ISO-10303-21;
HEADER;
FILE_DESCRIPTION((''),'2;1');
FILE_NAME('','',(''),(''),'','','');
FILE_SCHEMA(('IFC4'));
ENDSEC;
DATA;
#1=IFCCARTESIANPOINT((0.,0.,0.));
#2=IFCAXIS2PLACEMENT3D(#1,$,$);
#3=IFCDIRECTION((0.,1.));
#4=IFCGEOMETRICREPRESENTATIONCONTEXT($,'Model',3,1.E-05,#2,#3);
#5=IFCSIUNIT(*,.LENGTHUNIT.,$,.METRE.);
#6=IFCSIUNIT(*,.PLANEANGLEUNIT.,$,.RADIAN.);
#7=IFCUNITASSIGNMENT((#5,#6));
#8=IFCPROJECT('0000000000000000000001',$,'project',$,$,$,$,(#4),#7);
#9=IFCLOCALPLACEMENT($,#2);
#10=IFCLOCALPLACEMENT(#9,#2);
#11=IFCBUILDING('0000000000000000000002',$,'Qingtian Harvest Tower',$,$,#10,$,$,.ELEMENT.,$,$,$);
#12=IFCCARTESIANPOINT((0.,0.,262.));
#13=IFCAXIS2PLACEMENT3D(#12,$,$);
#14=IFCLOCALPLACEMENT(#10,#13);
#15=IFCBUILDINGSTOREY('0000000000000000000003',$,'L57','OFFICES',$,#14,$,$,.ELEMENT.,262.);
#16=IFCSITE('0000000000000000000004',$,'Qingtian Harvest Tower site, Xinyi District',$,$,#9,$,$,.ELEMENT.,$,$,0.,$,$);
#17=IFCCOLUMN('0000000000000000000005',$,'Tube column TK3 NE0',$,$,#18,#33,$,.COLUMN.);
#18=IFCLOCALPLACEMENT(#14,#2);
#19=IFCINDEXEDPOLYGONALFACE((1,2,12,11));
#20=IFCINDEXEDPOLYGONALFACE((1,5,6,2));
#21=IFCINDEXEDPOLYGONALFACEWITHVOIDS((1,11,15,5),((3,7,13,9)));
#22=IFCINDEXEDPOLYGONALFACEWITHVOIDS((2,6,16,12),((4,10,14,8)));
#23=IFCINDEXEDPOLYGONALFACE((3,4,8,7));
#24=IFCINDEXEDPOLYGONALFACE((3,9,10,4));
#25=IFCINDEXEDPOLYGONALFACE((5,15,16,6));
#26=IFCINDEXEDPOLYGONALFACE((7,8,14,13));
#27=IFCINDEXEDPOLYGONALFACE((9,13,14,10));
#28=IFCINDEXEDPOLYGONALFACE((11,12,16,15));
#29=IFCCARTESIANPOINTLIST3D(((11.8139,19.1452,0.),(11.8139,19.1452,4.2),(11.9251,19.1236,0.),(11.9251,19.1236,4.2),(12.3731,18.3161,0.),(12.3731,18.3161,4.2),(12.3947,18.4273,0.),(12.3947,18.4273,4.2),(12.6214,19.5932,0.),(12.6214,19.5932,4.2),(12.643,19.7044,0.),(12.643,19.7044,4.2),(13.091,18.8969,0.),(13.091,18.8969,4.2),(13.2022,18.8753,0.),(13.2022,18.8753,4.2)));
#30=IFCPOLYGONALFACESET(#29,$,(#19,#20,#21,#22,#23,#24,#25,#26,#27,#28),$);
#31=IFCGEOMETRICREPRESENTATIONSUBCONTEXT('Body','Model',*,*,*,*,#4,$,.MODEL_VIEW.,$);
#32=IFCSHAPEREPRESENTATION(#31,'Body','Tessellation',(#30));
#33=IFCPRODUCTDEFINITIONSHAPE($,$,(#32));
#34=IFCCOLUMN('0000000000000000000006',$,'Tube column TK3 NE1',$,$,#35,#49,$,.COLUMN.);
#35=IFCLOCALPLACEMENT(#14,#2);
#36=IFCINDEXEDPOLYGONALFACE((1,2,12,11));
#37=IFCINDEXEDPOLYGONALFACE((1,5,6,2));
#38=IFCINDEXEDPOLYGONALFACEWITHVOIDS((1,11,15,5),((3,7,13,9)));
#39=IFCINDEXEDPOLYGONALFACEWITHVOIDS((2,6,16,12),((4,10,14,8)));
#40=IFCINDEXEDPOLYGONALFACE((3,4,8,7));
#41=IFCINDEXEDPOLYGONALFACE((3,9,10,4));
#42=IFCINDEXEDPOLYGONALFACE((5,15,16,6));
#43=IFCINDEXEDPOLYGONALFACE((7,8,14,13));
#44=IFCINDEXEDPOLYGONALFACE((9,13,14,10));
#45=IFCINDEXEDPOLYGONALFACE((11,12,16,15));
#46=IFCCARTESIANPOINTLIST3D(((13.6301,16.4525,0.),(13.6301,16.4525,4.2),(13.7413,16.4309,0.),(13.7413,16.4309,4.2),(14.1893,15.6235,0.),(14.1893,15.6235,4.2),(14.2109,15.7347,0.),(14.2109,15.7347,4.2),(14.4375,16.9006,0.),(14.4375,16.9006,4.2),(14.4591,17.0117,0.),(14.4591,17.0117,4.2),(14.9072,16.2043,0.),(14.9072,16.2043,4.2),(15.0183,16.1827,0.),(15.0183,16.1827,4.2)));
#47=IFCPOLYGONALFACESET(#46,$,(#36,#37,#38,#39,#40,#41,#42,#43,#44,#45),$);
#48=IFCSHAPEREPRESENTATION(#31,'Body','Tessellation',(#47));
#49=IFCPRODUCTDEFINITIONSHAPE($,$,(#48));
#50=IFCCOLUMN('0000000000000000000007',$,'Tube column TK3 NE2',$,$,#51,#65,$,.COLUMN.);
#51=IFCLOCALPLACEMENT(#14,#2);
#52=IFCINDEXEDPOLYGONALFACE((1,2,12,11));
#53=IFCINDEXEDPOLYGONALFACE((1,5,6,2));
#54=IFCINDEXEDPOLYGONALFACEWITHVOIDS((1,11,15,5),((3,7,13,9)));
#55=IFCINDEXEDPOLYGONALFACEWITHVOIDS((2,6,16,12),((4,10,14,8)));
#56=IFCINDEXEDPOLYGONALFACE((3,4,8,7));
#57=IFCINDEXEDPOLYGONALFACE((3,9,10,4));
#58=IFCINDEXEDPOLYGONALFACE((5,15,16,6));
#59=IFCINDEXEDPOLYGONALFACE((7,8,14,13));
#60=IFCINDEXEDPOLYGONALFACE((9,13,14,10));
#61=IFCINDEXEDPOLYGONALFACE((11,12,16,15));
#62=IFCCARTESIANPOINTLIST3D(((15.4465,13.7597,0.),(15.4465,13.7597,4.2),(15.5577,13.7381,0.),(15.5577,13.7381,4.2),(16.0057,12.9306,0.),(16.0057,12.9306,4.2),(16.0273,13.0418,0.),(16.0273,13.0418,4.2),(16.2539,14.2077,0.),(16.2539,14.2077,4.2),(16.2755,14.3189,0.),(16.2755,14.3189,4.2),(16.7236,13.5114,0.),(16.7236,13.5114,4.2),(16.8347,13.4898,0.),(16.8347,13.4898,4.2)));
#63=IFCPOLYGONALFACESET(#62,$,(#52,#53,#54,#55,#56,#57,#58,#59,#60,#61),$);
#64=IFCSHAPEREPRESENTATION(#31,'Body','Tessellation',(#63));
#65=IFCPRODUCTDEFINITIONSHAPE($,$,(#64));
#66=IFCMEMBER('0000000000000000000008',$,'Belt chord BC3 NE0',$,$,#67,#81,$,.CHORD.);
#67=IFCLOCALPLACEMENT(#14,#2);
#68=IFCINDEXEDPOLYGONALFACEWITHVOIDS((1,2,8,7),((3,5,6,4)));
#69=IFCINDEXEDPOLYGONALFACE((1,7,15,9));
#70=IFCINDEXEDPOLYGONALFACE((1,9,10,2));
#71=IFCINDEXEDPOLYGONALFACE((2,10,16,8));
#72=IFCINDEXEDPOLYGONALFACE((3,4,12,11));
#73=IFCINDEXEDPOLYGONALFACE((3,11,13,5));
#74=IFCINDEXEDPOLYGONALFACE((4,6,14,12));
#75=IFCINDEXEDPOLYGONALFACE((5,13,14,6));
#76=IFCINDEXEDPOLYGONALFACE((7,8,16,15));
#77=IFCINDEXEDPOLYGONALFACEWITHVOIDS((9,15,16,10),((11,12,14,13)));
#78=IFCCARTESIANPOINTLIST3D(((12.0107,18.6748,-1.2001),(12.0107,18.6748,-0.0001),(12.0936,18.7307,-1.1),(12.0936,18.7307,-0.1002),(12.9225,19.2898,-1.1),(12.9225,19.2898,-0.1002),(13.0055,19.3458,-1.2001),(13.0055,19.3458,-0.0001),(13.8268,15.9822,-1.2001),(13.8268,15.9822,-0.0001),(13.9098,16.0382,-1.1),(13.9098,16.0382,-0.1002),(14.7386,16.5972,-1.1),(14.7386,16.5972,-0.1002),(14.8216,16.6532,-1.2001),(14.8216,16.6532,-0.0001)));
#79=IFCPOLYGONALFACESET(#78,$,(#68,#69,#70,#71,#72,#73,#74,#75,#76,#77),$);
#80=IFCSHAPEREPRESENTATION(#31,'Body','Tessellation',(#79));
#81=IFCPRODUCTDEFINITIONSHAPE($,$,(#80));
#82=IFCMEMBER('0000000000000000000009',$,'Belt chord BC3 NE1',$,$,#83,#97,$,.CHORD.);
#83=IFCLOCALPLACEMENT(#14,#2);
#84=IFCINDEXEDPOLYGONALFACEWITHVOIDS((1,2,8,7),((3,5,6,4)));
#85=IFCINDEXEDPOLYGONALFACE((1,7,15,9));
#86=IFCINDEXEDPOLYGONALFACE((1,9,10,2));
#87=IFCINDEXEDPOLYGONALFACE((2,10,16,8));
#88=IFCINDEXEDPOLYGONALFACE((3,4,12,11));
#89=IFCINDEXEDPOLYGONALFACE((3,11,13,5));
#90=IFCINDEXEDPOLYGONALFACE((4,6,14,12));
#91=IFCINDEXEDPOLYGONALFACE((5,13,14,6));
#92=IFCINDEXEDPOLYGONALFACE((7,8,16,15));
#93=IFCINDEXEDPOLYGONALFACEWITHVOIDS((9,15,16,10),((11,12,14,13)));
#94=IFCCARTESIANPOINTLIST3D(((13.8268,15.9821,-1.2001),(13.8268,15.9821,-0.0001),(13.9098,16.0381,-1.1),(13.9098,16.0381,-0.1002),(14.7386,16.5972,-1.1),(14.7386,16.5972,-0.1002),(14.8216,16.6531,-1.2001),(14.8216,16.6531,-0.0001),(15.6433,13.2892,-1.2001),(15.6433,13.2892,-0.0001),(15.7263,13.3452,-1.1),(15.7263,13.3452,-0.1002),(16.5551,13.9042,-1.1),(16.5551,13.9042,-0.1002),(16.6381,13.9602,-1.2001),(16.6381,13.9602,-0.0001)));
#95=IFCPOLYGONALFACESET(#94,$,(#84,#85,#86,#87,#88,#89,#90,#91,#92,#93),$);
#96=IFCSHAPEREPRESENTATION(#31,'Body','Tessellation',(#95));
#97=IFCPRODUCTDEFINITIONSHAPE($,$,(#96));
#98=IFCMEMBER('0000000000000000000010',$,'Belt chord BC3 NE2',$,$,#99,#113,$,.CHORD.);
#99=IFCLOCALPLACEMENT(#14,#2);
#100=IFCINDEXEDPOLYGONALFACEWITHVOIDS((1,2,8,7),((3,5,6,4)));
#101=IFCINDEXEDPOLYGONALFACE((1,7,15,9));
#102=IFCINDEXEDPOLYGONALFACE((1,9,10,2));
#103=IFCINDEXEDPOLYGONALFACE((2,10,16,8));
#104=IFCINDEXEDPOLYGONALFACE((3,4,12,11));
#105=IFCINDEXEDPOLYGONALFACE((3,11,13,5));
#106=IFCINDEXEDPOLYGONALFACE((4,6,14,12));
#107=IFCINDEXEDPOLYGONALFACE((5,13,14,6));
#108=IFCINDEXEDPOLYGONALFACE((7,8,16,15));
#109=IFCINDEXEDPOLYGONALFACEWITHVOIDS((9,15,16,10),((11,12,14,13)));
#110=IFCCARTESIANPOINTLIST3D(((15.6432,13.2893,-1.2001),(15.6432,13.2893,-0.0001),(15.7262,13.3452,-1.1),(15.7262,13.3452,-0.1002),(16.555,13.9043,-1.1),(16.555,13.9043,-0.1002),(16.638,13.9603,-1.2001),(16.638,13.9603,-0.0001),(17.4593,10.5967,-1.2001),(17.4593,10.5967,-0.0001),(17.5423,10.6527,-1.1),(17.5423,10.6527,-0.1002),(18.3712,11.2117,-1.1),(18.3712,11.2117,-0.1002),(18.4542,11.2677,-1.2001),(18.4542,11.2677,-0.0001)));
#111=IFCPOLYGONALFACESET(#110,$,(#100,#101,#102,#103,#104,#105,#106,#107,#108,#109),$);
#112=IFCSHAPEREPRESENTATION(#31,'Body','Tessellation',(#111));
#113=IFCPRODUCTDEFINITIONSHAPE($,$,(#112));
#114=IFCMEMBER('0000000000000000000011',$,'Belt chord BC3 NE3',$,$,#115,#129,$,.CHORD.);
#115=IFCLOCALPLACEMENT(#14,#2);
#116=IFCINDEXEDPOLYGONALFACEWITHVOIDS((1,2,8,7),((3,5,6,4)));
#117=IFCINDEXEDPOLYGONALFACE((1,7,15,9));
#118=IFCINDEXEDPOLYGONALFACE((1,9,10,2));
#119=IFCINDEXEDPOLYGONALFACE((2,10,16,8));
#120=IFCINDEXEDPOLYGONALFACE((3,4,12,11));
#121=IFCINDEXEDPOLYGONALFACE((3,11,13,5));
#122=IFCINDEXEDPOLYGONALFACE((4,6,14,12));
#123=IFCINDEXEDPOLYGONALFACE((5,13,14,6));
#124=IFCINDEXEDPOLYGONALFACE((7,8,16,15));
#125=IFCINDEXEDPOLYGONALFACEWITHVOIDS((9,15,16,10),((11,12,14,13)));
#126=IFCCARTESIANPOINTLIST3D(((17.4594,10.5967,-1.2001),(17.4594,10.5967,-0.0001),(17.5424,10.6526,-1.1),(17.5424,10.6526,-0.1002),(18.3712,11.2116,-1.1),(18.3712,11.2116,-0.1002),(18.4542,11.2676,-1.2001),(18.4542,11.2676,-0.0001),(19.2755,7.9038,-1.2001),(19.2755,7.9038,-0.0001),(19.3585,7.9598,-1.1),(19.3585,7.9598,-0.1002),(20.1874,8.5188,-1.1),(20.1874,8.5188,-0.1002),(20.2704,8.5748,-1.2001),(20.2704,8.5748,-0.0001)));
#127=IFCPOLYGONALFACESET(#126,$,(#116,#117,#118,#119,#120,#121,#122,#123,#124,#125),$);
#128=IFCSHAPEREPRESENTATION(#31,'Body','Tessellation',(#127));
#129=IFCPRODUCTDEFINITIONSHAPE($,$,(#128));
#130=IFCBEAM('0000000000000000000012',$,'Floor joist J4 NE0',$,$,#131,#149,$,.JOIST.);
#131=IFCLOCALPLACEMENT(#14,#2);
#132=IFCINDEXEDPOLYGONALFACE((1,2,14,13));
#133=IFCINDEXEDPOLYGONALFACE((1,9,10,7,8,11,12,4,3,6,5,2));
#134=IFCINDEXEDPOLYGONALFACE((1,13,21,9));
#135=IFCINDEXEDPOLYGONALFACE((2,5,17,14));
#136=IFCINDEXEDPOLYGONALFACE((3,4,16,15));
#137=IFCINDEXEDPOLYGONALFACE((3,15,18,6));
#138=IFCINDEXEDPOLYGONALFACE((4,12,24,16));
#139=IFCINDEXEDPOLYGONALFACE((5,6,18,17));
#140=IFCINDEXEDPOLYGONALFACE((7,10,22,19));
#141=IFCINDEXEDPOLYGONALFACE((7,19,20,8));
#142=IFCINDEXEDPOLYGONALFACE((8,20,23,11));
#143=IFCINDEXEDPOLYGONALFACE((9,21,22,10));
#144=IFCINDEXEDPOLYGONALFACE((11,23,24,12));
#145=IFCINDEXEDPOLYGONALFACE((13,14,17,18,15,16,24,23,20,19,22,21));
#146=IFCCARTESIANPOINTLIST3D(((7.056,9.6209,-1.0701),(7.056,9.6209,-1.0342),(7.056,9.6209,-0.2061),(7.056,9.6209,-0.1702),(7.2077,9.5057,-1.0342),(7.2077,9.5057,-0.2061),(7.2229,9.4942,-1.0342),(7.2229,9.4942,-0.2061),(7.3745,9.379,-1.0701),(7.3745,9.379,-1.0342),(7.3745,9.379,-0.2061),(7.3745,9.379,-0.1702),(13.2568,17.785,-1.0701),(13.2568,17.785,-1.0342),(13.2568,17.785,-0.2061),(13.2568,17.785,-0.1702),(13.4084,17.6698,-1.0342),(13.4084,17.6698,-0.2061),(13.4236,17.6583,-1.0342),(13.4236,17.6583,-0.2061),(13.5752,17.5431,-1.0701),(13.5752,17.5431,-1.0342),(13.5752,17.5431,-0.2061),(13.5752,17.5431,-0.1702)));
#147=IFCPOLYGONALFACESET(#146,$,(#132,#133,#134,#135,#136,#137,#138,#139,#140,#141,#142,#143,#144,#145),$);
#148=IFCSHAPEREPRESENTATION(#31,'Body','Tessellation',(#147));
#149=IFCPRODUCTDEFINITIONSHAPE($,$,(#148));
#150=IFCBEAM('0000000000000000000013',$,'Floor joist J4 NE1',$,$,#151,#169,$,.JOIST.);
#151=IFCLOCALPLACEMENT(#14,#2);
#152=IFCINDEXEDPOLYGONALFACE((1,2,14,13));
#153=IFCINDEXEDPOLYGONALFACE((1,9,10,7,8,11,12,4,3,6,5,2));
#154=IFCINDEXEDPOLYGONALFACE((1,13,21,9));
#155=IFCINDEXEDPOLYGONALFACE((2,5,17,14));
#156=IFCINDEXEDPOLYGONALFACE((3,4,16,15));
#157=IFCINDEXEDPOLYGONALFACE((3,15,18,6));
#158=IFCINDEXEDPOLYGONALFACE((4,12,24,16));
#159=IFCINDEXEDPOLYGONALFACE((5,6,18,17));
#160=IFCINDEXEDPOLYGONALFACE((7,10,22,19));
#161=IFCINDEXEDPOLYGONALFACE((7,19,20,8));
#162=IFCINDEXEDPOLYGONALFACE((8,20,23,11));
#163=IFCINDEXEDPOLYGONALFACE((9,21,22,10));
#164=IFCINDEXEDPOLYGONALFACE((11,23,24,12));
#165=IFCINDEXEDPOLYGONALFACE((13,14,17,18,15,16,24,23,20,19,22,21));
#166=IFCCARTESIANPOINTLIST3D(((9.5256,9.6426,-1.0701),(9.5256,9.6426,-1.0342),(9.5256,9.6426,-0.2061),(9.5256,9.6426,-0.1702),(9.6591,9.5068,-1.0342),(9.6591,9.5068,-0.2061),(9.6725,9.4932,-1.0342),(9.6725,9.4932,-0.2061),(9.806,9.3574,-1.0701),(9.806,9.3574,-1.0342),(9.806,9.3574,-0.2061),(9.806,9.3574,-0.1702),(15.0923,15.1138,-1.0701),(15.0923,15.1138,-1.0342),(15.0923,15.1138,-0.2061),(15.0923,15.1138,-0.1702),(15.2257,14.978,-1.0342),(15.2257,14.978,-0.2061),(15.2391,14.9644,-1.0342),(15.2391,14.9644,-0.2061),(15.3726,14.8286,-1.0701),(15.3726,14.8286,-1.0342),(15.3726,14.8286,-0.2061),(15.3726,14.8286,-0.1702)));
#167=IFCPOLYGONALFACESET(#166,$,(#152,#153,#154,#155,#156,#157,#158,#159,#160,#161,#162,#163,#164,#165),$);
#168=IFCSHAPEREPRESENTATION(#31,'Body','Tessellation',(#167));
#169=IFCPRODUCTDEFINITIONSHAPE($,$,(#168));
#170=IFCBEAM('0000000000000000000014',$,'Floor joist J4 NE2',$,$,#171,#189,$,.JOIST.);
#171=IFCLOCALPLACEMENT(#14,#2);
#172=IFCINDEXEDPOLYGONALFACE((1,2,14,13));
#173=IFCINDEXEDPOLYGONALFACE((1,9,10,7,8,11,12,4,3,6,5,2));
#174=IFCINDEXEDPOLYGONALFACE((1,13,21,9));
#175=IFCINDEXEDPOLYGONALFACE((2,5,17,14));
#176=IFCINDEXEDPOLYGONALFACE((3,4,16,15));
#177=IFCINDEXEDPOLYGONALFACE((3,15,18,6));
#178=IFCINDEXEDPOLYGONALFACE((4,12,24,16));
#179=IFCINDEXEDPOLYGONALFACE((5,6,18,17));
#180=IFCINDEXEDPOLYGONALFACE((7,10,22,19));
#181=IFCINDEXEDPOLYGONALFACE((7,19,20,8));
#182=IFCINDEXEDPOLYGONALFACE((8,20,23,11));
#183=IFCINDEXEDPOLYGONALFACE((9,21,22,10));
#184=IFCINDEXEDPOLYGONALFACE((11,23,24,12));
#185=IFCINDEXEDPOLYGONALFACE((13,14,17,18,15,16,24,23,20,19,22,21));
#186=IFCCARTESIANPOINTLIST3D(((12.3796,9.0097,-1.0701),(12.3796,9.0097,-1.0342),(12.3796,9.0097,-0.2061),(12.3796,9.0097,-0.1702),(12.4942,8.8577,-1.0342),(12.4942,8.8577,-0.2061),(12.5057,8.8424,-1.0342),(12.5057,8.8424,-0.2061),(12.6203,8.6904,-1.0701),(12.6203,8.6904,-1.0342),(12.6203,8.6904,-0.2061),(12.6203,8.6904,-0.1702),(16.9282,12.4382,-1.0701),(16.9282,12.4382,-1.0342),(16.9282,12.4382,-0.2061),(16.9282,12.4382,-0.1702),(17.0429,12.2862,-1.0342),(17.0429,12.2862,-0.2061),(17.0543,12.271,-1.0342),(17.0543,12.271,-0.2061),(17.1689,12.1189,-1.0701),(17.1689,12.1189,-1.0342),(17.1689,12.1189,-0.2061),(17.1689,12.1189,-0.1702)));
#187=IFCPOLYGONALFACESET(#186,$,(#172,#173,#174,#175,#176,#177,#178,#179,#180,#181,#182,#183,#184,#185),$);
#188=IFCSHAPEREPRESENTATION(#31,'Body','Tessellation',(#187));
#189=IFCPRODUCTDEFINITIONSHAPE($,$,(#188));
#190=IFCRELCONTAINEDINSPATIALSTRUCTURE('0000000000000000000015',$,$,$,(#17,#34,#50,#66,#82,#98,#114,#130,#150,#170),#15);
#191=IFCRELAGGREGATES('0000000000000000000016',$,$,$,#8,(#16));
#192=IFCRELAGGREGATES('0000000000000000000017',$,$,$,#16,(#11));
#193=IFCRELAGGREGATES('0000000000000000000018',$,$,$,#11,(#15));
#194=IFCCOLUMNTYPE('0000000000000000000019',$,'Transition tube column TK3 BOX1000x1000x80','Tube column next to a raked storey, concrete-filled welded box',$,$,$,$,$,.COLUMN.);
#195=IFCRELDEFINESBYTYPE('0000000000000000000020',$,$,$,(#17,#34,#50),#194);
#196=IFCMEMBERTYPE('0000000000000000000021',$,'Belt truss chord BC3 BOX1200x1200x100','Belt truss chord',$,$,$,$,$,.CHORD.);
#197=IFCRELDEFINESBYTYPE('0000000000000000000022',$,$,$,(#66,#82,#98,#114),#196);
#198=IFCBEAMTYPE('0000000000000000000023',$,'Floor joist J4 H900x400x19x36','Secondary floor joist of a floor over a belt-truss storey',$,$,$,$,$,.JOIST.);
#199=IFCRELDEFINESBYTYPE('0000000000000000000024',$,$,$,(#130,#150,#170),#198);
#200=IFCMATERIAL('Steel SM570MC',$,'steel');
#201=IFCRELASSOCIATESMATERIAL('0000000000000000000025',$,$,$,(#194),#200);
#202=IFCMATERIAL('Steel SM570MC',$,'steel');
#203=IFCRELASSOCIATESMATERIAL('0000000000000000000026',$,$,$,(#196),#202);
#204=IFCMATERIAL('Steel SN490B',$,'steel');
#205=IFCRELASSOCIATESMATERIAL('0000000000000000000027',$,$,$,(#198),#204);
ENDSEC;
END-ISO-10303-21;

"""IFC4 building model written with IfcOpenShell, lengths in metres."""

from ifc_helpers import new_model, si_unit, direction, frame, origin, origin_2d, place, context, subcontext, project, spatial, hollow_rectangle, i_section, extrude, material, material_profile, profile_set, type_object, element, save


model = new_model("IFC4")

# Units and contexts
model_context = context("Model", 3, precision=1e-05, world=origin(), true_north=direction((0.0, 1.0)))
body_context = subcontext(model_context, "Body", "Model", "MODEL_VIEW")
ifc_project = project(units=[si_unit("LENGTHUNIT", "METRE"), si_unit("PLANEANGLEUNIT", "RADIAN")], contexts=[model_context])

# Site, building, storey
site_placement = place(None, origin())
site = spatial("IfcSite", under=ifc_project, at=site_placement, Name="Qingtian Harvest Tower site, Xinyi District", CompositionType="ELEMENT", RefElevation=0.0)
building_placement = place(site_placement, origin())
building = spatial("IfcBuilding", under=site, at=building_placement, Name="Qingtian Harvest Tower", CompositionType="ELEMENT")
storey_placement = place(building_placement, frame((0.0, 0.0, 262.0)))
storey = spatial("IfcBuildingStorey", under=building, at=storey_placement, Name="L57", Description="OFFICES", CompositionType="ELEMENT", Elevation=262.0)

# Columns
ifc_material_1 = material(Name="Steel SM570MC", Category="steel")
ifc_material_profile_1 = material_profile(ifc_material_1, hollow_rectangle(XDim=1.0, YDim=1.0, WallThickness=0.0801, at=origin_2d()), Name="BOX1000x1000x80")
ifc_profile_set_1 = profile_set([ifc_material_profile_1], Name="Steel SM570MC")
column_type = type_object("IfcColumnType", Name="Transition tube column TK3 BOX1000x1000x80", Description="Tube column next to a raked storey, concrete-filled welded box", PredefinedType="COLUMN", material=ifc_profile_set_1)
for number, where, z_axis, x_axis, name in (
    (1, (12.5081, 19.0103, 0.0), (0.0, 0.0, 1.0), (-0.559193, 0.829038, 0.0), "Tube column TK3 NE0"),
    (2, (14.3242, 16.3176, 0.0), (0.0, 0.0, 1.0), (-0.559193, 0.829038, 0.0), "Tube column TK3 NE1"),
    (3, (16.1406, 13.6248, 0.0), (0.0, 0.0, 1.0), (-0.559193, 0.829038, 0.0), "Tube column TK3 NE2"),
):
    element("IfcColumn", number, at=place(storey_placement, frame(where, z_axis=z_axis, x_axis=x_axis)), inside=storey, type_object=column_type, Name=name, PredefinedType="COLUMN", context=body_context, shape_type="SweptSolid", body=[
        extrude(hollow_rectangle(XDim=1.0, YDim=1.0, WallThickness=0.0801, at=origin_2d()), origin(), (0.0, 0.0, 1.0), 4.2),
    ])

# Members
ifc_material_2 = material(Name="Steel SM570MC", Category="steel")
ifc_material_profile_2 = material_profile(ifc_material_2, hollow_rectangle(XDim=1.2, YDim=1.2, WallThickness=0.1001, at=origin_2d()), Name="BOX1200x1200x100")
ifc_profile_set_2 = profile_set([ifc_material_profile_2], Name="Steel SM570MC")
member_type_1 = type_object("IfcMemberType", Name="Belt truss chord BC3 BOX1200x1200x100", Description="Belt truss chord", PredefinedType="CHORD", material=ifc_profile_set_2)
member_1_placement = place(storey_placement, frame((12.5081, 19.0103, -0.6001), z_axis=(0.559185, -0.829043, 0.0), x_axis=(0.829043, 0.559185, 0.0)))
element("IfcMember", 4, at=member_1_placement, inside=storey, type_object=member_type_1, Name="Belt chord BC3 NE0", PredefinedType="CHORD", context=body_context, shape_type="SweptSolid", body=[
    extrude(hollow_rectangle(XDim=1.2, YDim=1.2, WallThickness=0.1001, at=origin_2d()), origin(), (0.0, 0.0, 1.0), 3.2478),
])
member_2_placement = place(storey_placement, frame((14.3242, 16.3176, -0.6001), z_axis=(0.559202, -0.829032, 0.0), x_axis=(0.829032, 0.559202, 0.0)))
element("IfcMember", 5, at=member_2_placement, inside=storey, type_object=member_type_1, Name="Belt chord BC3 NE1", PredefinedType="CHORD", context=body_context, shape_type="SweptSolid", body=[
    extrude(hollow_rectangle(XDim=1.2, YDim=1.2, WallThickness=0.1001, at=origin_2d()), origin(), (0.0, 0.0, 1.0), 3.2483),
])
member_3_placement = place(storey_placement, frame((16.1406, 13.6248, -0.6001), z_axis=(0.559185, -0.829043, 0.0), x_axis=(0.829043, 0.559185, 0.0)))
element("IfcMember", 6, at=member_3_placement, inside=storey, type_object=member_type_1, Name="Belt chord BC3 NE2", PredefinedType="CHORD", context=body_context, shape_type="SweptSolid", body=[
    extrude(hollow_rectangle(XDim=1.2, YDim=1.2, WallThickness=0.1001, at=origin_2d()), origin(), (0.0, 0.0, 1.0), 3.2478),
])
member_4_placement = place(storey_placement, frame((17.9568, 10.9321, -0.6001), z_axis=(0.55915, -0.829066, 0.0), x_axis=(0.829066, 0.55915, 0.0)))
element("IfcMember", 7, at=member_4_placement, inside=storey, type_object=member_type_1, Name="Belt chord BC3 NE3", PredefinedType="CHORD", context=body_context, shape_type="SweptSolid", body=[
    extrude(hollow_rectangle(XDim=1.2, YDim=1.2, WallThickness=0.1001, at=origin_2d()), origin(), (0.0, 0.0, 1.0), 3.248),
])

# Beams
ifc_material_3 = material(Name="Steel SN490B", Category="steel")
ifc_material_profile_3 = material_profile(ifc_material_3, i_section(OverallWidth=0.3999, OverallDepth=0.8999, WebThickness=0.019, FlangeThickness=0.0359, at=origin_2d()), Name="H900x400x19x36")
ifc_profile_set_3 = profile_set([ifc_material_profile_3], Name="Steel SN490B")
beam_type_1 = type_object("IfcBeamType", Name="Floor joist J4 H900x400x19x36", Description="Secondary floor joist of a floor over a belt-truss storey", PredefinedType="JOIST", material=ifc_profile_set_3)
beam_1_placement = place(storey_placement, frame((13.416, 17.6641, -0.6201), z_axis=(-0.604836, -0.79635, 0.0), x_axis=(0.79635, -0.604836, 0.0)))
element("IfcBeam", 8, at=beam_1_placement, inside=storey, type_object=beam_type_1, Name="Floor joist J4 NE0", PredefinedType="JOIST", context=body_context, shape_type="SweptSolid", body=[
    extrude(i_section(OverallWidth=0.3999, OverallDepth=0.8999, WebThickness=0.019, FlangeThickness=0.0359, at=origin_2d()), origin(), (0.0, 0.0, 1.0), 10.252),
])
beam_2_placement = place(storey_placement, frame((15.2324, 14.9712, -0.6201), z_axis=(-0.713195, -0.700965, 0.0), x_axis=(0.700965, -0.713195, 0.0)))
element("IfcBeam", 9, at=beam_2_placement, inside=storey, type_object=beam_type_1, Name="Floor joist J4 NE1", PredefinedType="JOIST", context=body_context, shape_type="SweptSolid", body=[
    extrude(i_section(OverallWidth=0.3999, OverallDepth=0.8999, WebThickness=0.019, FlangeThickness=0.0359, at=origin_2d()), origin(), (0.0, 0.0, 1.0), 7.8052),
])
beam_3_placement = place(storey_placement, frame((17.0486, 12.2786, -0.6201), z_axis=(-0.798563, -0.601912, 0.0), x_axis=(0.601912, -0.798563, 0.0)))
element("IfcBeam", 10, at=beam_3_placement, inside=storey, type_object=beam_type_1, Name="Floor joist J4 NE2", PredefinedType="JOIST", context=body_context, shape_type="SweptSolid", body=[
    extrude(i_section(OverallWidth=0.3999, OverallDepth=0.8999, WebThickness=0.019, FlangeThickness=0.0359, at=origin_2d()), origin(), (0.0, 0.0, 1.0), 5.696),
])

save(model, "model.ifc")
